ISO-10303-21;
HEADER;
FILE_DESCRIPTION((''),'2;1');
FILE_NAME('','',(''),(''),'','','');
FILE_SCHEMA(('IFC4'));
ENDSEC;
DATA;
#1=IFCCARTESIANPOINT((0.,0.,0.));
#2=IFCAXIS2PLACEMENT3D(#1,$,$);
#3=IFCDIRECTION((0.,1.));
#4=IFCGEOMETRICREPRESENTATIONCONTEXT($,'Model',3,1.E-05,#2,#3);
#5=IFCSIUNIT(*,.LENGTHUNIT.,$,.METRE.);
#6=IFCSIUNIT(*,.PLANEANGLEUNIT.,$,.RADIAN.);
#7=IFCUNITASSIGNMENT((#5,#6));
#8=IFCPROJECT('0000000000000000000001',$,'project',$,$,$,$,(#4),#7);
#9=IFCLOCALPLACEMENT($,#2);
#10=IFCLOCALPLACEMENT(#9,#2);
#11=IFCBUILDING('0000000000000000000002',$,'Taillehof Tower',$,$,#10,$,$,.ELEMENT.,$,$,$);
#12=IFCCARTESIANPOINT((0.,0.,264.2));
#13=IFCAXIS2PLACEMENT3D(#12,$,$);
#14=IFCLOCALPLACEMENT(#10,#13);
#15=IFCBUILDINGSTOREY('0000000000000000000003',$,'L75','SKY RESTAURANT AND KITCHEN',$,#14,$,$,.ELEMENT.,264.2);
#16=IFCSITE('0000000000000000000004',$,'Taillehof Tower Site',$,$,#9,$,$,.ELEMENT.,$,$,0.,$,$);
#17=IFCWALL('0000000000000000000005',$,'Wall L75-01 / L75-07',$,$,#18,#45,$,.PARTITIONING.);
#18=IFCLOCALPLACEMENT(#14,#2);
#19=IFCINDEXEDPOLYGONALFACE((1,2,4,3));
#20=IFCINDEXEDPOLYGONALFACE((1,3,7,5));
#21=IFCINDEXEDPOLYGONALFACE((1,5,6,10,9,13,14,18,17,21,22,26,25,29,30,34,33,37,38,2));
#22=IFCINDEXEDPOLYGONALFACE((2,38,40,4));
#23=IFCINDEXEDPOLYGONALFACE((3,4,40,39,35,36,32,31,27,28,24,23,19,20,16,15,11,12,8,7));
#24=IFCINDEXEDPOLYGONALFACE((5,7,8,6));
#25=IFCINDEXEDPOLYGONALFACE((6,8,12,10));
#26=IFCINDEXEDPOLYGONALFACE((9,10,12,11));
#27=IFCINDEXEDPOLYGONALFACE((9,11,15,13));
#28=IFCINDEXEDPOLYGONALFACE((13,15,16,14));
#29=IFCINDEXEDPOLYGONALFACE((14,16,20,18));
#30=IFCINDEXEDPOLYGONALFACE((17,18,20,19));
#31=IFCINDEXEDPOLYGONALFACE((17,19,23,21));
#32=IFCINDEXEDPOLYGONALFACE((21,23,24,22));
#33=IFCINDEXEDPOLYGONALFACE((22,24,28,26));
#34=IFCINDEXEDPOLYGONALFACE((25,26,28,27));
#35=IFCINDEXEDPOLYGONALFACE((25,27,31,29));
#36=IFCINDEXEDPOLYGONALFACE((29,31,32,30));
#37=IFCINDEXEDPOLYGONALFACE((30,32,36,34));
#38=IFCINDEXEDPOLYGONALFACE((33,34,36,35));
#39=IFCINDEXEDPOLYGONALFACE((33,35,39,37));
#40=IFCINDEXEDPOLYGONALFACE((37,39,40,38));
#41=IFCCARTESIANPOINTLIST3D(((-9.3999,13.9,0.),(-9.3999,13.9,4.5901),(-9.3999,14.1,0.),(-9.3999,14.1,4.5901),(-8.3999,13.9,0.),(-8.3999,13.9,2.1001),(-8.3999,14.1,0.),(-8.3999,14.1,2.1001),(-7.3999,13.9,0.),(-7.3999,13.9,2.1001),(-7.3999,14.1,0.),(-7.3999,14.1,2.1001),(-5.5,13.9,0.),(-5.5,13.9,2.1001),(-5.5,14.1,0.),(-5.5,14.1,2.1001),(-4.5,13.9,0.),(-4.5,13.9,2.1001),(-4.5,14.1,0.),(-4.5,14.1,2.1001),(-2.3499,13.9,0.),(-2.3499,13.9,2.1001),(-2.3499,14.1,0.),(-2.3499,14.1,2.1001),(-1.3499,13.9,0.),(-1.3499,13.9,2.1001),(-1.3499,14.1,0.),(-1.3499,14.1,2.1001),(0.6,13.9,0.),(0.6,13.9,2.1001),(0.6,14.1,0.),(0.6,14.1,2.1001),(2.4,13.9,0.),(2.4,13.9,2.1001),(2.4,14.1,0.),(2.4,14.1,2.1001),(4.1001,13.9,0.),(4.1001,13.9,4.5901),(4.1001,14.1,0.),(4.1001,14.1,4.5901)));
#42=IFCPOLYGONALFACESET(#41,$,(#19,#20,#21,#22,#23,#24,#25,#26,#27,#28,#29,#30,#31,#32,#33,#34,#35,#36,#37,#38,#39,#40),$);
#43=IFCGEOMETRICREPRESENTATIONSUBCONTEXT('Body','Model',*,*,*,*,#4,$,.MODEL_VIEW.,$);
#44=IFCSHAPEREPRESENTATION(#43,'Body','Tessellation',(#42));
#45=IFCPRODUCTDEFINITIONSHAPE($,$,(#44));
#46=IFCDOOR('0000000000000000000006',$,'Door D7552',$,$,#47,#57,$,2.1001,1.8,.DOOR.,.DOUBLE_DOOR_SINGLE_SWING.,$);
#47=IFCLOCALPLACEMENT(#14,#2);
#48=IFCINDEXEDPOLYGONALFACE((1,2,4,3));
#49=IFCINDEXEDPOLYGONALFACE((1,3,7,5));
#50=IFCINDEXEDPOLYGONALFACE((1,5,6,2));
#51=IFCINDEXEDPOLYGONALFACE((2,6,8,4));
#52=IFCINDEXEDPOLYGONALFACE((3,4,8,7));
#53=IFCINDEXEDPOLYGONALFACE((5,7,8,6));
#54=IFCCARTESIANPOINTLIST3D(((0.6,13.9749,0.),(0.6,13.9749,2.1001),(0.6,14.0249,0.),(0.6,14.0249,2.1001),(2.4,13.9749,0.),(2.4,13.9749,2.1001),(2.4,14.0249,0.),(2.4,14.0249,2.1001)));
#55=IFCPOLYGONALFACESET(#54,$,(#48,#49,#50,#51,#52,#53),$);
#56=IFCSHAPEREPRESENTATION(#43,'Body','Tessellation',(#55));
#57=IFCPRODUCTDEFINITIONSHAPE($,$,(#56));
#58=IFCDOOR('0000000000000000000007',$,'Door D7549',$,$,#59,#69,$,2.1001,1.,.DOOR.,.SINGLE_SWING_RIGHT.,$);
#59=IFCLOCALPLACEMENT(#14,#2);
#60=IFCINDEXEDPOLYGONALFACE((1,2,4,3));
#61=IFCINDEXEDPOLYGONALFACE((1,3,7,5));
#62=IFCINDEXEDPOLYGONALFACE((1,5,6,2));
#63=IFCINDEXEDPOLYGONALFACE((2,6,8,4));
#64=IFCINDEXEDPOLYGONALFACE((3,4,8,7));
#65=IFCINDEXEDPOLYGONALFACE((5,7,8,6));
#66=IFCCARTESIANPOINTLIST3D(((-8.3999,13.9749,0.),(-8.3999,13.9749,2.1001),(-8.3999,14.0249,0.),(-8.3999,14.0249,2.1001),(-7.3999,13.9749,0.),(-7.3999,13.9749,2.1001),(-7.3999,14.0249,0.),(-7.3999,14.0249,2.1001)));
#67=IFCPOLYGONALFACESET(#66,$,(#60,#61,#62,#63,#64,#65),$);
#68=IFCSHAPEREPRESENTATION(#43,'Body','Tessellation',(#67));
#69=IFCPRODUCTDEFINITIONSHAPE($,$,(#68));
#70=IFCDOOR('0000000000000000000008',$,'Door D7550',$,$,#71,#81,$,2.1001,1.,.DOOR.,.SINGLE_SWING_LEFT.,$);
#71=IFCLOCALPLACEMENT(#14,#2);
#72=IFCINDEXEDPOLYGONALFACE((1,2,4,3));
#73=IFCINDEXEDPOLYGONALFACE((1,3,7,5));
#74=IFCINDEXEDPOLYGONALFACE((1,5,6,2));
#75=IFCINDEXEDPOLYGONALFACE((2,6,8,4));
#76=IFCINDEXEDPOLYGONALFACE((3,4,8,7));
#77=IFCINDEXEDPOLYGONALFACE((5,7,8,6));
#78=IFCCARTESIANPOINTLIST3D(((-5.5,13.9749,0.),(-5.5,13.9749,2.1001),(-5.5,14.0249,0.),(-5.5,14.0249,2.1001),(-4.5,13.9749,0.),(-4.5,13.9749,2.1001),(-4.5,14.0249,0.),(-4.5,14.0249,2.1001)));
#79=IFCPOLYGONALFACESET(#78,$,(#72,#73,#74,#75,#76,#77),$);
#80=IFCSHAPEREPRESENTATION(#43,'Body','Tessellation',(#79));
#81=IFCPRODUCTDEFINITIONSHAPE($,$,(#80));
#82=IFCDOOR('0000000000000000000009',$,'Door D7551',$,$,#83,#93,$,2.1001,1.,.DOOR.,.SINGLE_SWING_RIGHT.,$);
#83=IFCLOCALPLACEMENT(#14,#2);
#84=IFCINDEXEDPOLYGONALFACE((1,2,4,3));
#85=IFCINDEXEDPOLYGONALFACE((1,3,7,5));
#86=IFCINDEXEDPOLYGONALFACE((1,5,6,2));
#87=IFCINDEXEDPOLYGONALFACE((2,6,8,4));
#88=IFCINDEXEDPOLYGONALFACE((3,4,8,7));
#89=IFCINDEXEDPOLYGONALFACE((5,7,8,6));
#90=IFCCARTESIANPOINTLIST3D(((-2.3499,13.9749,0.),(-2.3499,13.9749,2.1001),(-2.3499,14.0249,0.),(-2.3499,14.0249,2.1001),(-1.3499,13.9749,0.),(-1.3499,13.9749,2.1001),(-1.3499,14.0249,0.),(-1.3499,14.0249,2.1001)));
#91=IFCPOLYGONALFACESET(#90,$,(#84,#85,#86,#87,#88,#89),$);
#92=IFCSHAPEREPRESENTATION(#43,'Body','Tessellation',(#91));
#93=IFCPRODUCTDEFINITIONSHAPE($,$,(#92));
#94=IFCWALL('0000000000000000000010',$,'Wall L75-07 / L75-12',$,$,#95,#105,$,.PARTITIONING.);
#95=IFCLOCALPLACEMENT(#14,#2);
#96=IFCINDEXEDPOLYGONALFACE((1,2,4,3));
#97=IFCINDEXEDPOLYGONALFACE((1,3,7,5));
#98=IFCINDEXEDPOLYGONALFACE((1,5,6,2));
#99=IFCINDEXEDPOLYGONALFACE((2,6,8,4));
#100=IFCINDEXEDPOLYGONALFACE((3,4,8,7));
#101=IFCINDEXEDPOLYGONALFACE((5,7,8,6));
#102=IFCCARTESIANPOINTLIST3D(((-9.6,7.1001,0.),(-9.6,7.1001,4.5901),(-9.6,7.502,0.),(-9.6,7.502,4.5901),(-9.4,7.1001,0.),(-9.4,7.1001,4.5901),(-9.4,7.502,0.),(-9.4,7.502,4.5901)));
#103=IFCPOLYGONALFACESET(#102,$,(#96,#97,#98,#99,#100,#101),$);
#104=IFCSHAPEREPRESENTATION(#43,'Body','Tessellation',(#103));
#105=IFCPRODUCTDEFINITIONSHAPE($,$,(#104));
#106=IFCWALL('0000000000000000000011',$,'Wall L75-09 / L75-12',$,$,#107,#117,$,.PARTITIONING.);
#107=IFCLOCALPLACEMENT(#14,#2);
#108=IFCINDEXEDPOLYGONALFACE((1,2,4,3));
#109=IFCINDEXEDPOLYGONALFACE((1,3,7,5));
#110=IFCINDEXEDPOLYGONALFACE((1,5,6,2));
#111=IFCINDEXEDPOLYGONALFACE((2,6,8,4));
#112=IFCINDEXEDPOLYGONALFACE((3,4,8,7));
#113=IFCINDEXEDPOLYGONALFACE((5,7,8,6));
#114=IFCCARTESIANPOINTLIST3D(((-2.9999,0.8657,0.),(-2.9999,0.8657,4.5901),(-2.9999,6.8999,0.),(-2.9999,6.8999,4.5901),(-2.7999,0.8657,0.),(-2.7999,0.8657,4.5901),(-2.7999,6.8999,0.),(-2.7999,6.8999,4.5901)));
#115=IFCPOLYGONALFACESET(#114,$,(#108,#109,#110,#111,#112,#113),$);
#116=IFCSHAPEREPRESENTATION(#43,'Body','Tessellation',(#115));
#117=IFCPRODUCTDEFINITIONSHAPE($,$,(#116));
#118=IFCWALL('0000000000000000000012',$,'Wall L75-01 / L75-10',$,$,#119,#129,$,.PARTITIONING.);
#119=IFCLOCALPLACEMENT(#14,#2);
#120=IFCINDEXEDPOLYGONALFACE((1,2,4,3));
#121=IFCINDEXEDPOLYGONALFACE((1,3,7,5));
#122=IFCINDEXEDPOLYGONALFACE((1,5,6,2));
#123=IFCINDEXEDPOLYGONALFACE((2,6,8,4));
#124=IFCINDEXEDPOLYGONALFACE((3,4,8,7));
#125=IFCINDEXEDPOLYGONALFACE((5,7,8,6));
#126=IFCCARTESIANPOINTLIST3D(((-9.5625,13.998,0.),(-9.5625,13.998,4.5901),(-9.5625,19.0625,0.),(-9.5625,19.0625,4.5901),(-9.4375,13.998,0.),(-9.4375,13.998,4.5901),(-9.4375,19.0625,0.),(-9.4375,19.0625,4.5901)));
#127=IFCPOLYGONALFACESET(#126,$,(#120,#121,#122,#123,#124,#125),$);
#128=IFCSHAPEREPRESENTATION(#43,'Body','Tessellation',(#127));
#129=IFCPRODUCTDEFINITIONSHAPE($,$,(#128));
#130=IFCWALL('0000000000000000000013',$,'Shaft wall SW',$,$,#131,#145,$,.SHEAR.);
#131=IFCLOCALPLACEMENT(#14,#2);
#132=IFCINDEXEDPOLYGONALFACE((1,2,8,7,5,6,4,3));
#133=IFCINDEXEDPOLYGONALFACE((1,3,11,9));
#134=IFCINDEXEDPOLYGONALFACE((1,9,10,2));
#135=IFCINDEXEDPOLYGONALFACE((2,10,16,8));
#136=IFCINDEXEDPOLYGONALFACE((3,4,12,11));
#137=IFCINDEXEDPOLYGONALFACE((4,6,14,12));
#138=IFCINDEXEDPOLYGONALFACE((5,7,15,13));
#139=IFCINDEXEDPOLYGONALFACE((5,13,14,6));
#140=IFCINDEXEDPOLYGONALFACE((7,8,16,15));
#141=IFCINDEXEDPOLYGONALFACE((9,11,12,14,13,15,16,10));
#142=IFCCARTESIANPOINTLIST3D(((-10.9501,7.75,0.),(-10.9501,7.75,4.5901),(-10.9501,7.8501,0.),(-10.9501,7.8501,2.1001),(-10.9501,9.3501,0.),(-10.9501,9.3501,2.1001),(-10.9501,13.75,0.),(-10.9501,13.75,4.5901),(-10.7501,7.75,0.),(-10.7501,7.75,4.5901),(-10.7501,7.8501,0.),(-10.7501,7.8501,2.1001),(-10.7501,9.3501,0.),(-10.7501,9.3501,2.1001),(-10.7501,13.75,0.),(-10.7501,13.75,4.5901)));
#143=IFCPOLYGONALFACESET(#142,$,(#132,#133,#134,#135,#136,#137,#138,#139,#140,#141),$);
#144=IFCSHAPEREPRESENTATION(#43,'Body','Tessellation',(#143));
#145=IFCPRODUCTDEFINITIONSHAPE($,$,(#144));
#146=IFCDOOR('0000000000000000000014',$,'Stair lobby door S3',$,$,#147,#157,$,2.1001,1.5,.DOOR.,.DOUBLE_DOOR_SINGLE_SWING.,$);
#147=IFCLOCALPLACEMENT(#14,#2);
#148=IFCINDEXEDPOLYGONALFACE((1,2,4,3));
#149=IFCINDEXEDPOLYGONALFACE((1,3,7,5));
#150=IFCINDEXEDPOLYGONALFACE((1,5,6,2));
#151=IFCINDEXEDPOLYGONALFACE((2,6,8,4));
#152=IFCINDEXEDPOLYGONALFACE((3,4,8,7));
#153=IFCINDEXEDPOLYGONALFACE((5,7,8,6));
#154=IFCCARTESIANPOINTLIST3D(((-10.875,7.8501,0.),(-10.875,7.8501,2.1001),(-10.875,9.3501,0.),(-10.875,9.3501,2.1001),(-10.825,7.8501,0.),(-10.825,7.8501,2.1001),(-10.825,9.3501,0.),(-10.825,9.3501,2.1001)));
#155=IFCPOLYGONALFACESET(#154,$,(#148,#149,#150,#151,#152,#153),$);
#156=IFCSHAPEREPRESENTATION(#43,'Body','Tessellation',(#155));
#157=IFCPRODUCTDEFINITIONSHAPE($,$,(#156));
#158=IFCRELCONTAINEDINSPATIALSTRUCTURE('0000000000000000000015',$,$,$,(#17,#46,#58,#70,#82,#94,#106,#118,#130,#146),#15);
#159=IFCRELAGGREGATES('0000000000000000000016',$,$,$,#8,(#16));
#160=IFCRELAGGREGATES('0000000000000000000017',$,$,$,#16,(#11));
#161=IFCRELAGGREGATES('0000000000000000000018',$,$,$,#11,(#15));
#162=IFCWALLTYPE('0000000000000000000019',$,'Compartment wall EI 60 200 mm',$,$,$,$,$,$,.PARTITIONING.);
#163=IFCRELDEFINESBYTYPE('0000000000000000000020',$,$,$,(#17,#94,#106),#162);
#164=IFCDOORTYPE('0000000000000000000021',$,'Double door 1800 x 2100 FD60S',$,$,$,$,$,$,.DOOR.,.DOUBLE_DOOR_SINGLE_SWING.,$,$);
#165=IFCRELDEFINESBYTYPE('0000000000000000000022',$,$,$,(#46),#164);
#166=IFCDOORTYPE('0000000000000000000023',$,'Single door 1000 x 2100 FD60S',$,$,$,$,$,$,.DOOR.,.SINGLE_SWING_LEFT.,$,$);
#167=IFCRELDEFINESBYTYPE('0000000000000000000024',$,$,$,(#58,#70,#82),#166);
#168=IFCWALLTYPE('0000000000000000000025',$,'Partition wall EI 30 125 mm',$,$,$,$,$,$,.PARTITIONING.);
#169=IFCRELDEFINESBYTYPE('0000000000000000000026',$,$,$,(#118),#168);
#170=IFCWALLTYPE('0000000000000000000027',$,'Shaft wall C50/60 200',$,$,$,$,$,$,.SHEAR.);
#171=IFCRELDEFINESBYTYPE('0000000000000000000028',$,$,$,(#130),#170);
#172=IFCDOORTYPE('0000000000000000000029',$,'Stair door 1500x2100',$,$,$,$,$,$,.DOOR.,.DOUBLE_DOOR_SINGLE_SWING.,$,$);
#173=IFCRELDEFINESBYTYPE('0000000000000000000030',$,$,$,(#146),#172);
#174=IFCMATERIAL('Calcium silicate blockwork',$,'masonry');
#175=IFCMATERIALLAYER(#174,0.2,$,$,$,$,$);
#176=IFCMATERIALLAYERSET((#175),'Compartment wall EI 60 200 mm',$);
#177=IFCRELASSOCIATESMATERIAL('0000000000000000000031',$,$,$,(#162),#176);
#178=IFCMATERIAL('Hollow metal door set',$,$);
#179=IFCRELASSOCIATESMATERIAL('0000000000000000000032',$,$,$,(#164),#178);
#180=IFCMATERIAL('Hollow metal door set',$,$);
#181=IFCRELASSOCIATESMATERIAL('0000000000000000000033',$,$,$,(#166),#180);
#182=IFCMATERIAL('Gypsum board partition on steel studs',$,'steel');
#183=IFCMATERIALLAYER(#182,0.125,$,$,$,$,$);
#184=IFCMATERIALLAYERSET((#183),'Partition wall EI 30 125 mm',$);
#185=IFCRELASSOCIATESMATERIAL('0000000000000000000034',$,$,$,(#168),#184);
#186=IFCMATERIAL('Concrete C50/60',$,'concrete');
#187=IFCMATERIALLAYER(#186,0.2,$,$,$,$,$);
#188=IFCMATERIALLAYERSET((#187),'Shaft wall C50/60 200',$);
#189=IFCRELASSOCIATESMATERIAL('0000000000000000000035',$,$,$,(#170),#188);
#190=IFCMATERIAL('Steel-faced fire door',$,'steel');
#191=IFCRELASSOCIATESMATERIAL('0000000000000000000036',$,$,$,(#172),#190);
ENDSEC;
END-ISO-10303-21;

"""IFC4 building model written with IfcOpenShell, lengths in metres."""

from ifc_helpers import new_model, si_unit, direction, frame, frame_2d, origin, place, context, subcontext, project, spatial, rectangle, extrude, material, layer, layer_set, type_object, element, fill, save


model = new_model("IFC4")

# Units and contexts
model_context = context("Model", 3, precision=1e-05, world=origin(), true_north=direction((0.0, 1.0)))
body_context = subcontext(model_context, "Body", "Model", "MODEL_VIEW")
ifc_project = project(units=[si_unit("LENGTHUNIT", "METRE"), si_unit("PLANEANGLEUNIT", "RADIAN")], contexts=[model_context])

# Site, building, storey
site_placement = place(None, origin())
site = spatial("IfcSite", under=ifc_project, at=site_placement, Name="Taillehof Tower Site", CompositionType="ELEMENT", RefElevation=0.0)
building_placement = place(site_placement, origin())
building = spatial("IfcBuilding", under=site, at=building_placement, Name="Taillehof Tower", CompositionType="ELEMENT")
storey_placement = place(building_placement, frame((0.0, 0.0, 264.2)))
storey = spatial("IfcBuildingStorey", under=building, at=storey_placement, Name="L75", Description="SKY RESTAURANT AND KITCHEN", CompositionType="ELEMENT", Elevation=264.2)

# Shared definitions
ifc_material_1 = material(Name="Calcium silicate blockwork", Category="masonry")
ifc_layer_1 = layer(ifc_material_1, 0.2)
ifc_layer_set_1 = layer_set([ifc_layer_1], Name="Compartment wall EI 60 200 mm")
wall_type_1 = type_object("IfcWallType", Name="Compartment wall EI 60 200 mm", PredefinedType="PARTITIONING", material=ifc_layer_set_1)
ifc_material_2 = material(Name="Hollow metal door set")
door_type_1 = type_object("IfcDoorType", Name="Double door 1800 x 2100 FD60S", OperationType="DOUBLE_DOOR_SINGLE_SWING", PredefinedType="DOOR", material=ifc_material_2)

# Wall, openings, doors
wall_1_placement = place(storey_placement, frame((-9.3999, 14.0, 0.0), z_axis=(0.0, 0.0, 1.0), x_axis=(1.0, 0.0, 0.0)))
wall_1 = element("IfcWall", 1, at=wall_1_placement, inside=storey, type_object=wall_type_1, Name="Wall L75-01 / L75-07", PredefinedType="PARTITIONING", context=body_context, shape_type="SweptSolid", body=[
    extrude(rectangle(XDim=13.5, YDim=0.2, at=frame_2d((6.75, 0.0))), origin(), (0.0, 0.0, 1.0), 4.5901),
])
opening_1_placement = place(wall_1_placement, frame((10.0, 0.0, 0.0)))
opening_1 = element("IfcOpeningElement", 2, at=opening_1_placement, cuts=wall_1, PredefinedType="OPENING", context=body_context, shape_type="SweptSolid", body=[
    extrude(rectangle(XDim=1.8, YDim=2.1001, at=frame_2d((0.8999, 1.05))), frame((0.0, 0.1099, 0.0), z_axis=(0.0, -1.0, 0.0), x_axis=(1.0, 0.0, 0.0)), (0.0, 0.0, 1.0), 0.22),
])
opening_2_placement = place(wall_1_placement, frame((1.0, 0.0, 0.0)))
opening_2 = element("IfcOpeningElement", 3, at=opening_2_placement, cuts=wall_1, PredefinedType="OPENING", context=body_context, shape_type="SweptSolid", body=[
    extrude(rectangle(XDim=1.0, YDim=2.1001, at=frame_2d((0.5, 1.05))), frame((0.0, 0.1099, 0.0), z_axis=(0.0, -1.0, 0.0), x_axis=(1.0, 0.0, 0.0)), (0.0, 0.0, 1.0), 0.22),
])
opening_3_placement = place(wall_1_placement, frame((3.8999, 0.0, 0.0)))
opening_3 = element("IfcOpeningElement", 4, at=opening_3_placement, cuts=wall_1, PredefinedType="OPENING", context=body_context, shape_type="SweptSolid", body=[
    extrude(rectangle(XDim=1.0, YDim=2.1001, at=frame_2d((0.5, 1.05))), frame((0.0, 0.1099, 0.0), z_axis=(0.0, -1.0, 0.0), x_axis=(1.0, 0.0, 0.0)), (0.0, 0.0, 1.0), 0.22),
])
opening_4_placement = place(wall_1_placement, frame((7.05, 0.0, 0.0)))
opening_4 = element("IfcOpeningElement", 5, at=opening_4_placement, cuts=wall_1, PredefinedType="OPENING", context=body_context, shape_type="SweptSolid", body=[
    extrude(rectangle(XDim=1.0, YDim=2.1001, at=frame_2d((0.5, 1.05))), frame((0.0, 0.1099, 0.0), z_axis=(0.0, -1.0, 0.0), x_axis=(1.0, 0.0, 0.0)), (0.0, 0.0, 1.0), 0.22),
])
door_1_placement = place(opening_1_placement, origin())
door_1 = element("IfcDoor", 6, at=door_1_placement, inside=storey, type_object=door_type_1, Name="Door D7552", OperationType="DOUBLE_DOOR_SINGLE_SWING", OverallHeight=2.1001, OverallWidth=1.8, PredefinedType="DOOR", context=body_context, shape_type="SweptSolid", body=[
    extrude(rectangle(XDim=1.8, YDim=2.1001, at=frame_2d((0.8999, 1.05))), frame((0.0, 0.0249, 0.0), z_axis=(0.0, -1.0, 0.0), x_axis=(1.0, 0.0, 0.0)), (0.0, 0.0, 1.0), 0.05),
])
fill(opening_1, door_1)
ifc_material_3 = material(Name="Hollow metal door set")
door_type_2 = type_object("IfcDoorType", Name="Single door 1000 x 2100 FD60S", OperationType="SINGLE_SWING_LEFT", PredefinedType="DOOR", material=ifc_material_3)
door_2_placement = place(opening_2_placement, origin())
door_2 = element("IfcDoor", 7, at=door_2_placement, inside=storey, type_object=door_type_2, Name="Door D7549", OperationType="SINGLE_SWING_RIGHT", OverallHeight=2.1001, OverallWidth=1.0, PredefinedType="DOOR", context=body_context, shape_type="SweptSolid", body=[
    extrude(rectangle(XDim=1.0, YDim=2.1001, at=frame_2d((0.5, 1.05))), frame((0.0, 0.0249, 0.0), z_axis=(0.0, -1.0, 0.0), x_axis=(1.0, 0.0, 0.0)), (0.0, 0.0, 1.0), 0.05),
])
fill(opening_2, door_2)
door_3_placement = place(opening_3_placement, origin())
door_3 = element("IfcDoor", 8, at=door_3_placement, inside=storey, type_object=door_type_2, Name="Door D7550", OperationType="SINGLE_SWING_LEFT", OverallHeight=2.1001, OverallWidth=1.0, PredefinedType="DOOR", context=body_context, shape_type="SweptSolid", body=[
    extrude(rectangle(XDim=1.0, YDim=2.1001, at=frame_2d((0.5, 1.05))), frame((0.0, 0.0249, 0.0), z_axis=(0.0, -1.0, 0.0), x_axis=(1.0, 0.0, 0.0)), (0.0, 0.0, 1.0), 0.05),
])
fill(opening_3, door_3)
door_4_placement = place(opening_4_placement, origin())
door_4 = element("IfcDoor", 9, at=door_4_placement, inside=storey, type_object=door_type_2, Name="Door D7551", OperationType="SINGLE_SWING_RIGHT", OverallHeight=2.1001, OverallWidth=1.0, PredefinedType="DOOR", context=body_context, shape_type="SweptSolid", body=[
    extrude(rectangle(XDim=1.0, YDim=2.1001, at=frame_2d((0.5, 1.05))), frame((0.0, 0.0249, 0.0), z_axis=(0.0, -1.0, 0.0), x_axis=(1.0, 0.0, 0.0)), (0.0, 0.0, 1.0), 0.05),
])
fill(opening_4, door_4)

# Walls
wall_2_placement = place(storey_placement, frame((-9.5, 7.1001, 0.0), z_axis=(0.0, 0.0, 1.0), x_axis=(0.0, 1.0, 0.0)))
element("IfcWall", 10, at=wall_2_placement, inside=storey, type_object=wall_type_1, Name="Wall L75-07 / L75-12", PredefinedType="PARTITIONING", context=body_context, shape_type="SweptSolid", body=[
    extrude(rectangle(XDim=0.4019, YDim=0.2, at=frame_2d((0.2009, 0.0))), origin(), (0.0, 0.0, 1.0), 4.5901),
])
wall_3_placement = place(storey_placement, frame((-2.8999, 0.8657, 0.0), z_axis=(0.0, 0.0, 1.0), x_axis=(0.0, 1.0, 0.0)))
element("IfcWall", 11, at=wall_3_placement, inside=storey, type_object=wall_type_1, Name="Wall L75-09 / L75-12", PredefinedType="PARTITIONING", context=body_context, shape_type="SweptSolid", body=[
    extrude(rectangle(XDim=6.0342, YDim=0.2, at=frame_2d((3.0171, 0.0))), origin(), (0.0, 0.0, 1.0), 4.5901),
])
ifc_material_4 = material(Name="Gypsum board partition on steel studs", Category="steel")
ifc_layer_2 = layer(ifc_material_4, 0.125)
ifc_layer_set_2 = layer_set([ifc_layer_2], Name="Partition wall EI 30 125 mm")
wall_type_2 = type_object("IfcWallType", Name="Partition wall EI 30 125 mm", PredefinedType="PARTITIONING", material=ifc_layer_set_2)
wall_4_placement = place(storey_placement, frame((-9.5, 13.998, 0.0), z_axis=(0.0, 0.0, 1.0), x_axis=(0.0, 1.0, 0.0)))
element("IfcWall", 12, at=wall_4_placement, inside=storey, type_object=wall_type_2, Name="Wall L75-01 / L75-10", PredefinedType="PARTITIONING", context=body_context, shape_type="SweptSolid", body=[
    extrude(rectangle(XDim=5.0645, YDim=0.125, at=frame_2d((2.5322, 0.0))), origin(), (0.0, 0.0, 1.0), 4.5901),
])

# Wall, opening, door
ifc_material_5 = material(Name="Concrete C50/60", Category="concrete")
ifc_layer_3 = layer(ifc_material_5, 0.2)
ifc_layer_set_3 = layer_set([ifc_layer_3], Name="Shaft wall C50/60 200")
wall_type_3 = type_object("IfcWallType", Name="Shaft wall C50/60 200", PredefinedType="SHEAR", material=ifc_layer_set_3)
wall_5_placement = place(storey_placement, frame((-10.8501, 7.75, 0.0), z_axis=(0.0, 0.0, 1.0), x_axis=(0.0, 1.0, 0.0)))
wall_5 = element("IfcWall", 13, at=wall_5_placement, inside=storey, type_object=wall_type_3, Name="Shaft wall SW", PredefinedType="SHEAR", context=body_context, shape_type="SweptSolid", body=[
    extrude(rectangle(XDim=6.0, YDim=0.2, at=frame_2d((3.0, 0.0))), origin(), (0.0, 0.0, 1.0), 4.5901),
])
opening_5_placement = place(wall_5_placement, frame((0.1001, 0.0, 0.0)))
opening_5 = element("IfcOpeningElement", 14, at=opening_5_placement, cuts=wall_5, PredefinedType="OPENING", context=body_context, shape_type="SweptSolid", body=[
    extrude(rectangle(XDim=1.5, YDim=2.1001, at=frame_2d((0.75, 1.05))), frame((0.0, 0.1099, 0.0), z_axis=(0.0, -1.0, 0.0), x_axis=(1.0, 0.0, 0.0)), (0.0, 0.0, 1.0), 0.22),
])
ifc_material_6 = material(Name="Steel-faced fire door", Category="steel")
door_type_3 = type_object("IfcDoorType", Name="Stair door 1500x2100", OperationType="DOUBLE_DOOR_SINGLE_SWING", PredefinedType="DOOR", material=ifc_material_6)
door_5_placement = place(opening_5_placement, origin())
door_5 = element("IfcDoor", 15, at=door_5_placement, inside=storey, type_object=door_type_3, Name="Stair lobby door S3", OperationType="DOUBLE_DOOR_SINGLE_SWING", OverallHeight=2.1001, OverallWidth=1.5, PredefinedType="DOOR", context=body_context, shape_type="SweptSolid", body=[
    extrude(rectangle(XDim=1.5, YDim=2.1001, at=frame_2d((0.75, 1.05))), frame((0.0, 0.0249, 0.0), z_axis=(0.0, -1.0, 0.0), x_axis=(1.0, 0.0, 0.0)), (0.0, 0.0, 1.0), 0.05),
])
fill(opening_5, door_5)

save(model, "model.ifc")
